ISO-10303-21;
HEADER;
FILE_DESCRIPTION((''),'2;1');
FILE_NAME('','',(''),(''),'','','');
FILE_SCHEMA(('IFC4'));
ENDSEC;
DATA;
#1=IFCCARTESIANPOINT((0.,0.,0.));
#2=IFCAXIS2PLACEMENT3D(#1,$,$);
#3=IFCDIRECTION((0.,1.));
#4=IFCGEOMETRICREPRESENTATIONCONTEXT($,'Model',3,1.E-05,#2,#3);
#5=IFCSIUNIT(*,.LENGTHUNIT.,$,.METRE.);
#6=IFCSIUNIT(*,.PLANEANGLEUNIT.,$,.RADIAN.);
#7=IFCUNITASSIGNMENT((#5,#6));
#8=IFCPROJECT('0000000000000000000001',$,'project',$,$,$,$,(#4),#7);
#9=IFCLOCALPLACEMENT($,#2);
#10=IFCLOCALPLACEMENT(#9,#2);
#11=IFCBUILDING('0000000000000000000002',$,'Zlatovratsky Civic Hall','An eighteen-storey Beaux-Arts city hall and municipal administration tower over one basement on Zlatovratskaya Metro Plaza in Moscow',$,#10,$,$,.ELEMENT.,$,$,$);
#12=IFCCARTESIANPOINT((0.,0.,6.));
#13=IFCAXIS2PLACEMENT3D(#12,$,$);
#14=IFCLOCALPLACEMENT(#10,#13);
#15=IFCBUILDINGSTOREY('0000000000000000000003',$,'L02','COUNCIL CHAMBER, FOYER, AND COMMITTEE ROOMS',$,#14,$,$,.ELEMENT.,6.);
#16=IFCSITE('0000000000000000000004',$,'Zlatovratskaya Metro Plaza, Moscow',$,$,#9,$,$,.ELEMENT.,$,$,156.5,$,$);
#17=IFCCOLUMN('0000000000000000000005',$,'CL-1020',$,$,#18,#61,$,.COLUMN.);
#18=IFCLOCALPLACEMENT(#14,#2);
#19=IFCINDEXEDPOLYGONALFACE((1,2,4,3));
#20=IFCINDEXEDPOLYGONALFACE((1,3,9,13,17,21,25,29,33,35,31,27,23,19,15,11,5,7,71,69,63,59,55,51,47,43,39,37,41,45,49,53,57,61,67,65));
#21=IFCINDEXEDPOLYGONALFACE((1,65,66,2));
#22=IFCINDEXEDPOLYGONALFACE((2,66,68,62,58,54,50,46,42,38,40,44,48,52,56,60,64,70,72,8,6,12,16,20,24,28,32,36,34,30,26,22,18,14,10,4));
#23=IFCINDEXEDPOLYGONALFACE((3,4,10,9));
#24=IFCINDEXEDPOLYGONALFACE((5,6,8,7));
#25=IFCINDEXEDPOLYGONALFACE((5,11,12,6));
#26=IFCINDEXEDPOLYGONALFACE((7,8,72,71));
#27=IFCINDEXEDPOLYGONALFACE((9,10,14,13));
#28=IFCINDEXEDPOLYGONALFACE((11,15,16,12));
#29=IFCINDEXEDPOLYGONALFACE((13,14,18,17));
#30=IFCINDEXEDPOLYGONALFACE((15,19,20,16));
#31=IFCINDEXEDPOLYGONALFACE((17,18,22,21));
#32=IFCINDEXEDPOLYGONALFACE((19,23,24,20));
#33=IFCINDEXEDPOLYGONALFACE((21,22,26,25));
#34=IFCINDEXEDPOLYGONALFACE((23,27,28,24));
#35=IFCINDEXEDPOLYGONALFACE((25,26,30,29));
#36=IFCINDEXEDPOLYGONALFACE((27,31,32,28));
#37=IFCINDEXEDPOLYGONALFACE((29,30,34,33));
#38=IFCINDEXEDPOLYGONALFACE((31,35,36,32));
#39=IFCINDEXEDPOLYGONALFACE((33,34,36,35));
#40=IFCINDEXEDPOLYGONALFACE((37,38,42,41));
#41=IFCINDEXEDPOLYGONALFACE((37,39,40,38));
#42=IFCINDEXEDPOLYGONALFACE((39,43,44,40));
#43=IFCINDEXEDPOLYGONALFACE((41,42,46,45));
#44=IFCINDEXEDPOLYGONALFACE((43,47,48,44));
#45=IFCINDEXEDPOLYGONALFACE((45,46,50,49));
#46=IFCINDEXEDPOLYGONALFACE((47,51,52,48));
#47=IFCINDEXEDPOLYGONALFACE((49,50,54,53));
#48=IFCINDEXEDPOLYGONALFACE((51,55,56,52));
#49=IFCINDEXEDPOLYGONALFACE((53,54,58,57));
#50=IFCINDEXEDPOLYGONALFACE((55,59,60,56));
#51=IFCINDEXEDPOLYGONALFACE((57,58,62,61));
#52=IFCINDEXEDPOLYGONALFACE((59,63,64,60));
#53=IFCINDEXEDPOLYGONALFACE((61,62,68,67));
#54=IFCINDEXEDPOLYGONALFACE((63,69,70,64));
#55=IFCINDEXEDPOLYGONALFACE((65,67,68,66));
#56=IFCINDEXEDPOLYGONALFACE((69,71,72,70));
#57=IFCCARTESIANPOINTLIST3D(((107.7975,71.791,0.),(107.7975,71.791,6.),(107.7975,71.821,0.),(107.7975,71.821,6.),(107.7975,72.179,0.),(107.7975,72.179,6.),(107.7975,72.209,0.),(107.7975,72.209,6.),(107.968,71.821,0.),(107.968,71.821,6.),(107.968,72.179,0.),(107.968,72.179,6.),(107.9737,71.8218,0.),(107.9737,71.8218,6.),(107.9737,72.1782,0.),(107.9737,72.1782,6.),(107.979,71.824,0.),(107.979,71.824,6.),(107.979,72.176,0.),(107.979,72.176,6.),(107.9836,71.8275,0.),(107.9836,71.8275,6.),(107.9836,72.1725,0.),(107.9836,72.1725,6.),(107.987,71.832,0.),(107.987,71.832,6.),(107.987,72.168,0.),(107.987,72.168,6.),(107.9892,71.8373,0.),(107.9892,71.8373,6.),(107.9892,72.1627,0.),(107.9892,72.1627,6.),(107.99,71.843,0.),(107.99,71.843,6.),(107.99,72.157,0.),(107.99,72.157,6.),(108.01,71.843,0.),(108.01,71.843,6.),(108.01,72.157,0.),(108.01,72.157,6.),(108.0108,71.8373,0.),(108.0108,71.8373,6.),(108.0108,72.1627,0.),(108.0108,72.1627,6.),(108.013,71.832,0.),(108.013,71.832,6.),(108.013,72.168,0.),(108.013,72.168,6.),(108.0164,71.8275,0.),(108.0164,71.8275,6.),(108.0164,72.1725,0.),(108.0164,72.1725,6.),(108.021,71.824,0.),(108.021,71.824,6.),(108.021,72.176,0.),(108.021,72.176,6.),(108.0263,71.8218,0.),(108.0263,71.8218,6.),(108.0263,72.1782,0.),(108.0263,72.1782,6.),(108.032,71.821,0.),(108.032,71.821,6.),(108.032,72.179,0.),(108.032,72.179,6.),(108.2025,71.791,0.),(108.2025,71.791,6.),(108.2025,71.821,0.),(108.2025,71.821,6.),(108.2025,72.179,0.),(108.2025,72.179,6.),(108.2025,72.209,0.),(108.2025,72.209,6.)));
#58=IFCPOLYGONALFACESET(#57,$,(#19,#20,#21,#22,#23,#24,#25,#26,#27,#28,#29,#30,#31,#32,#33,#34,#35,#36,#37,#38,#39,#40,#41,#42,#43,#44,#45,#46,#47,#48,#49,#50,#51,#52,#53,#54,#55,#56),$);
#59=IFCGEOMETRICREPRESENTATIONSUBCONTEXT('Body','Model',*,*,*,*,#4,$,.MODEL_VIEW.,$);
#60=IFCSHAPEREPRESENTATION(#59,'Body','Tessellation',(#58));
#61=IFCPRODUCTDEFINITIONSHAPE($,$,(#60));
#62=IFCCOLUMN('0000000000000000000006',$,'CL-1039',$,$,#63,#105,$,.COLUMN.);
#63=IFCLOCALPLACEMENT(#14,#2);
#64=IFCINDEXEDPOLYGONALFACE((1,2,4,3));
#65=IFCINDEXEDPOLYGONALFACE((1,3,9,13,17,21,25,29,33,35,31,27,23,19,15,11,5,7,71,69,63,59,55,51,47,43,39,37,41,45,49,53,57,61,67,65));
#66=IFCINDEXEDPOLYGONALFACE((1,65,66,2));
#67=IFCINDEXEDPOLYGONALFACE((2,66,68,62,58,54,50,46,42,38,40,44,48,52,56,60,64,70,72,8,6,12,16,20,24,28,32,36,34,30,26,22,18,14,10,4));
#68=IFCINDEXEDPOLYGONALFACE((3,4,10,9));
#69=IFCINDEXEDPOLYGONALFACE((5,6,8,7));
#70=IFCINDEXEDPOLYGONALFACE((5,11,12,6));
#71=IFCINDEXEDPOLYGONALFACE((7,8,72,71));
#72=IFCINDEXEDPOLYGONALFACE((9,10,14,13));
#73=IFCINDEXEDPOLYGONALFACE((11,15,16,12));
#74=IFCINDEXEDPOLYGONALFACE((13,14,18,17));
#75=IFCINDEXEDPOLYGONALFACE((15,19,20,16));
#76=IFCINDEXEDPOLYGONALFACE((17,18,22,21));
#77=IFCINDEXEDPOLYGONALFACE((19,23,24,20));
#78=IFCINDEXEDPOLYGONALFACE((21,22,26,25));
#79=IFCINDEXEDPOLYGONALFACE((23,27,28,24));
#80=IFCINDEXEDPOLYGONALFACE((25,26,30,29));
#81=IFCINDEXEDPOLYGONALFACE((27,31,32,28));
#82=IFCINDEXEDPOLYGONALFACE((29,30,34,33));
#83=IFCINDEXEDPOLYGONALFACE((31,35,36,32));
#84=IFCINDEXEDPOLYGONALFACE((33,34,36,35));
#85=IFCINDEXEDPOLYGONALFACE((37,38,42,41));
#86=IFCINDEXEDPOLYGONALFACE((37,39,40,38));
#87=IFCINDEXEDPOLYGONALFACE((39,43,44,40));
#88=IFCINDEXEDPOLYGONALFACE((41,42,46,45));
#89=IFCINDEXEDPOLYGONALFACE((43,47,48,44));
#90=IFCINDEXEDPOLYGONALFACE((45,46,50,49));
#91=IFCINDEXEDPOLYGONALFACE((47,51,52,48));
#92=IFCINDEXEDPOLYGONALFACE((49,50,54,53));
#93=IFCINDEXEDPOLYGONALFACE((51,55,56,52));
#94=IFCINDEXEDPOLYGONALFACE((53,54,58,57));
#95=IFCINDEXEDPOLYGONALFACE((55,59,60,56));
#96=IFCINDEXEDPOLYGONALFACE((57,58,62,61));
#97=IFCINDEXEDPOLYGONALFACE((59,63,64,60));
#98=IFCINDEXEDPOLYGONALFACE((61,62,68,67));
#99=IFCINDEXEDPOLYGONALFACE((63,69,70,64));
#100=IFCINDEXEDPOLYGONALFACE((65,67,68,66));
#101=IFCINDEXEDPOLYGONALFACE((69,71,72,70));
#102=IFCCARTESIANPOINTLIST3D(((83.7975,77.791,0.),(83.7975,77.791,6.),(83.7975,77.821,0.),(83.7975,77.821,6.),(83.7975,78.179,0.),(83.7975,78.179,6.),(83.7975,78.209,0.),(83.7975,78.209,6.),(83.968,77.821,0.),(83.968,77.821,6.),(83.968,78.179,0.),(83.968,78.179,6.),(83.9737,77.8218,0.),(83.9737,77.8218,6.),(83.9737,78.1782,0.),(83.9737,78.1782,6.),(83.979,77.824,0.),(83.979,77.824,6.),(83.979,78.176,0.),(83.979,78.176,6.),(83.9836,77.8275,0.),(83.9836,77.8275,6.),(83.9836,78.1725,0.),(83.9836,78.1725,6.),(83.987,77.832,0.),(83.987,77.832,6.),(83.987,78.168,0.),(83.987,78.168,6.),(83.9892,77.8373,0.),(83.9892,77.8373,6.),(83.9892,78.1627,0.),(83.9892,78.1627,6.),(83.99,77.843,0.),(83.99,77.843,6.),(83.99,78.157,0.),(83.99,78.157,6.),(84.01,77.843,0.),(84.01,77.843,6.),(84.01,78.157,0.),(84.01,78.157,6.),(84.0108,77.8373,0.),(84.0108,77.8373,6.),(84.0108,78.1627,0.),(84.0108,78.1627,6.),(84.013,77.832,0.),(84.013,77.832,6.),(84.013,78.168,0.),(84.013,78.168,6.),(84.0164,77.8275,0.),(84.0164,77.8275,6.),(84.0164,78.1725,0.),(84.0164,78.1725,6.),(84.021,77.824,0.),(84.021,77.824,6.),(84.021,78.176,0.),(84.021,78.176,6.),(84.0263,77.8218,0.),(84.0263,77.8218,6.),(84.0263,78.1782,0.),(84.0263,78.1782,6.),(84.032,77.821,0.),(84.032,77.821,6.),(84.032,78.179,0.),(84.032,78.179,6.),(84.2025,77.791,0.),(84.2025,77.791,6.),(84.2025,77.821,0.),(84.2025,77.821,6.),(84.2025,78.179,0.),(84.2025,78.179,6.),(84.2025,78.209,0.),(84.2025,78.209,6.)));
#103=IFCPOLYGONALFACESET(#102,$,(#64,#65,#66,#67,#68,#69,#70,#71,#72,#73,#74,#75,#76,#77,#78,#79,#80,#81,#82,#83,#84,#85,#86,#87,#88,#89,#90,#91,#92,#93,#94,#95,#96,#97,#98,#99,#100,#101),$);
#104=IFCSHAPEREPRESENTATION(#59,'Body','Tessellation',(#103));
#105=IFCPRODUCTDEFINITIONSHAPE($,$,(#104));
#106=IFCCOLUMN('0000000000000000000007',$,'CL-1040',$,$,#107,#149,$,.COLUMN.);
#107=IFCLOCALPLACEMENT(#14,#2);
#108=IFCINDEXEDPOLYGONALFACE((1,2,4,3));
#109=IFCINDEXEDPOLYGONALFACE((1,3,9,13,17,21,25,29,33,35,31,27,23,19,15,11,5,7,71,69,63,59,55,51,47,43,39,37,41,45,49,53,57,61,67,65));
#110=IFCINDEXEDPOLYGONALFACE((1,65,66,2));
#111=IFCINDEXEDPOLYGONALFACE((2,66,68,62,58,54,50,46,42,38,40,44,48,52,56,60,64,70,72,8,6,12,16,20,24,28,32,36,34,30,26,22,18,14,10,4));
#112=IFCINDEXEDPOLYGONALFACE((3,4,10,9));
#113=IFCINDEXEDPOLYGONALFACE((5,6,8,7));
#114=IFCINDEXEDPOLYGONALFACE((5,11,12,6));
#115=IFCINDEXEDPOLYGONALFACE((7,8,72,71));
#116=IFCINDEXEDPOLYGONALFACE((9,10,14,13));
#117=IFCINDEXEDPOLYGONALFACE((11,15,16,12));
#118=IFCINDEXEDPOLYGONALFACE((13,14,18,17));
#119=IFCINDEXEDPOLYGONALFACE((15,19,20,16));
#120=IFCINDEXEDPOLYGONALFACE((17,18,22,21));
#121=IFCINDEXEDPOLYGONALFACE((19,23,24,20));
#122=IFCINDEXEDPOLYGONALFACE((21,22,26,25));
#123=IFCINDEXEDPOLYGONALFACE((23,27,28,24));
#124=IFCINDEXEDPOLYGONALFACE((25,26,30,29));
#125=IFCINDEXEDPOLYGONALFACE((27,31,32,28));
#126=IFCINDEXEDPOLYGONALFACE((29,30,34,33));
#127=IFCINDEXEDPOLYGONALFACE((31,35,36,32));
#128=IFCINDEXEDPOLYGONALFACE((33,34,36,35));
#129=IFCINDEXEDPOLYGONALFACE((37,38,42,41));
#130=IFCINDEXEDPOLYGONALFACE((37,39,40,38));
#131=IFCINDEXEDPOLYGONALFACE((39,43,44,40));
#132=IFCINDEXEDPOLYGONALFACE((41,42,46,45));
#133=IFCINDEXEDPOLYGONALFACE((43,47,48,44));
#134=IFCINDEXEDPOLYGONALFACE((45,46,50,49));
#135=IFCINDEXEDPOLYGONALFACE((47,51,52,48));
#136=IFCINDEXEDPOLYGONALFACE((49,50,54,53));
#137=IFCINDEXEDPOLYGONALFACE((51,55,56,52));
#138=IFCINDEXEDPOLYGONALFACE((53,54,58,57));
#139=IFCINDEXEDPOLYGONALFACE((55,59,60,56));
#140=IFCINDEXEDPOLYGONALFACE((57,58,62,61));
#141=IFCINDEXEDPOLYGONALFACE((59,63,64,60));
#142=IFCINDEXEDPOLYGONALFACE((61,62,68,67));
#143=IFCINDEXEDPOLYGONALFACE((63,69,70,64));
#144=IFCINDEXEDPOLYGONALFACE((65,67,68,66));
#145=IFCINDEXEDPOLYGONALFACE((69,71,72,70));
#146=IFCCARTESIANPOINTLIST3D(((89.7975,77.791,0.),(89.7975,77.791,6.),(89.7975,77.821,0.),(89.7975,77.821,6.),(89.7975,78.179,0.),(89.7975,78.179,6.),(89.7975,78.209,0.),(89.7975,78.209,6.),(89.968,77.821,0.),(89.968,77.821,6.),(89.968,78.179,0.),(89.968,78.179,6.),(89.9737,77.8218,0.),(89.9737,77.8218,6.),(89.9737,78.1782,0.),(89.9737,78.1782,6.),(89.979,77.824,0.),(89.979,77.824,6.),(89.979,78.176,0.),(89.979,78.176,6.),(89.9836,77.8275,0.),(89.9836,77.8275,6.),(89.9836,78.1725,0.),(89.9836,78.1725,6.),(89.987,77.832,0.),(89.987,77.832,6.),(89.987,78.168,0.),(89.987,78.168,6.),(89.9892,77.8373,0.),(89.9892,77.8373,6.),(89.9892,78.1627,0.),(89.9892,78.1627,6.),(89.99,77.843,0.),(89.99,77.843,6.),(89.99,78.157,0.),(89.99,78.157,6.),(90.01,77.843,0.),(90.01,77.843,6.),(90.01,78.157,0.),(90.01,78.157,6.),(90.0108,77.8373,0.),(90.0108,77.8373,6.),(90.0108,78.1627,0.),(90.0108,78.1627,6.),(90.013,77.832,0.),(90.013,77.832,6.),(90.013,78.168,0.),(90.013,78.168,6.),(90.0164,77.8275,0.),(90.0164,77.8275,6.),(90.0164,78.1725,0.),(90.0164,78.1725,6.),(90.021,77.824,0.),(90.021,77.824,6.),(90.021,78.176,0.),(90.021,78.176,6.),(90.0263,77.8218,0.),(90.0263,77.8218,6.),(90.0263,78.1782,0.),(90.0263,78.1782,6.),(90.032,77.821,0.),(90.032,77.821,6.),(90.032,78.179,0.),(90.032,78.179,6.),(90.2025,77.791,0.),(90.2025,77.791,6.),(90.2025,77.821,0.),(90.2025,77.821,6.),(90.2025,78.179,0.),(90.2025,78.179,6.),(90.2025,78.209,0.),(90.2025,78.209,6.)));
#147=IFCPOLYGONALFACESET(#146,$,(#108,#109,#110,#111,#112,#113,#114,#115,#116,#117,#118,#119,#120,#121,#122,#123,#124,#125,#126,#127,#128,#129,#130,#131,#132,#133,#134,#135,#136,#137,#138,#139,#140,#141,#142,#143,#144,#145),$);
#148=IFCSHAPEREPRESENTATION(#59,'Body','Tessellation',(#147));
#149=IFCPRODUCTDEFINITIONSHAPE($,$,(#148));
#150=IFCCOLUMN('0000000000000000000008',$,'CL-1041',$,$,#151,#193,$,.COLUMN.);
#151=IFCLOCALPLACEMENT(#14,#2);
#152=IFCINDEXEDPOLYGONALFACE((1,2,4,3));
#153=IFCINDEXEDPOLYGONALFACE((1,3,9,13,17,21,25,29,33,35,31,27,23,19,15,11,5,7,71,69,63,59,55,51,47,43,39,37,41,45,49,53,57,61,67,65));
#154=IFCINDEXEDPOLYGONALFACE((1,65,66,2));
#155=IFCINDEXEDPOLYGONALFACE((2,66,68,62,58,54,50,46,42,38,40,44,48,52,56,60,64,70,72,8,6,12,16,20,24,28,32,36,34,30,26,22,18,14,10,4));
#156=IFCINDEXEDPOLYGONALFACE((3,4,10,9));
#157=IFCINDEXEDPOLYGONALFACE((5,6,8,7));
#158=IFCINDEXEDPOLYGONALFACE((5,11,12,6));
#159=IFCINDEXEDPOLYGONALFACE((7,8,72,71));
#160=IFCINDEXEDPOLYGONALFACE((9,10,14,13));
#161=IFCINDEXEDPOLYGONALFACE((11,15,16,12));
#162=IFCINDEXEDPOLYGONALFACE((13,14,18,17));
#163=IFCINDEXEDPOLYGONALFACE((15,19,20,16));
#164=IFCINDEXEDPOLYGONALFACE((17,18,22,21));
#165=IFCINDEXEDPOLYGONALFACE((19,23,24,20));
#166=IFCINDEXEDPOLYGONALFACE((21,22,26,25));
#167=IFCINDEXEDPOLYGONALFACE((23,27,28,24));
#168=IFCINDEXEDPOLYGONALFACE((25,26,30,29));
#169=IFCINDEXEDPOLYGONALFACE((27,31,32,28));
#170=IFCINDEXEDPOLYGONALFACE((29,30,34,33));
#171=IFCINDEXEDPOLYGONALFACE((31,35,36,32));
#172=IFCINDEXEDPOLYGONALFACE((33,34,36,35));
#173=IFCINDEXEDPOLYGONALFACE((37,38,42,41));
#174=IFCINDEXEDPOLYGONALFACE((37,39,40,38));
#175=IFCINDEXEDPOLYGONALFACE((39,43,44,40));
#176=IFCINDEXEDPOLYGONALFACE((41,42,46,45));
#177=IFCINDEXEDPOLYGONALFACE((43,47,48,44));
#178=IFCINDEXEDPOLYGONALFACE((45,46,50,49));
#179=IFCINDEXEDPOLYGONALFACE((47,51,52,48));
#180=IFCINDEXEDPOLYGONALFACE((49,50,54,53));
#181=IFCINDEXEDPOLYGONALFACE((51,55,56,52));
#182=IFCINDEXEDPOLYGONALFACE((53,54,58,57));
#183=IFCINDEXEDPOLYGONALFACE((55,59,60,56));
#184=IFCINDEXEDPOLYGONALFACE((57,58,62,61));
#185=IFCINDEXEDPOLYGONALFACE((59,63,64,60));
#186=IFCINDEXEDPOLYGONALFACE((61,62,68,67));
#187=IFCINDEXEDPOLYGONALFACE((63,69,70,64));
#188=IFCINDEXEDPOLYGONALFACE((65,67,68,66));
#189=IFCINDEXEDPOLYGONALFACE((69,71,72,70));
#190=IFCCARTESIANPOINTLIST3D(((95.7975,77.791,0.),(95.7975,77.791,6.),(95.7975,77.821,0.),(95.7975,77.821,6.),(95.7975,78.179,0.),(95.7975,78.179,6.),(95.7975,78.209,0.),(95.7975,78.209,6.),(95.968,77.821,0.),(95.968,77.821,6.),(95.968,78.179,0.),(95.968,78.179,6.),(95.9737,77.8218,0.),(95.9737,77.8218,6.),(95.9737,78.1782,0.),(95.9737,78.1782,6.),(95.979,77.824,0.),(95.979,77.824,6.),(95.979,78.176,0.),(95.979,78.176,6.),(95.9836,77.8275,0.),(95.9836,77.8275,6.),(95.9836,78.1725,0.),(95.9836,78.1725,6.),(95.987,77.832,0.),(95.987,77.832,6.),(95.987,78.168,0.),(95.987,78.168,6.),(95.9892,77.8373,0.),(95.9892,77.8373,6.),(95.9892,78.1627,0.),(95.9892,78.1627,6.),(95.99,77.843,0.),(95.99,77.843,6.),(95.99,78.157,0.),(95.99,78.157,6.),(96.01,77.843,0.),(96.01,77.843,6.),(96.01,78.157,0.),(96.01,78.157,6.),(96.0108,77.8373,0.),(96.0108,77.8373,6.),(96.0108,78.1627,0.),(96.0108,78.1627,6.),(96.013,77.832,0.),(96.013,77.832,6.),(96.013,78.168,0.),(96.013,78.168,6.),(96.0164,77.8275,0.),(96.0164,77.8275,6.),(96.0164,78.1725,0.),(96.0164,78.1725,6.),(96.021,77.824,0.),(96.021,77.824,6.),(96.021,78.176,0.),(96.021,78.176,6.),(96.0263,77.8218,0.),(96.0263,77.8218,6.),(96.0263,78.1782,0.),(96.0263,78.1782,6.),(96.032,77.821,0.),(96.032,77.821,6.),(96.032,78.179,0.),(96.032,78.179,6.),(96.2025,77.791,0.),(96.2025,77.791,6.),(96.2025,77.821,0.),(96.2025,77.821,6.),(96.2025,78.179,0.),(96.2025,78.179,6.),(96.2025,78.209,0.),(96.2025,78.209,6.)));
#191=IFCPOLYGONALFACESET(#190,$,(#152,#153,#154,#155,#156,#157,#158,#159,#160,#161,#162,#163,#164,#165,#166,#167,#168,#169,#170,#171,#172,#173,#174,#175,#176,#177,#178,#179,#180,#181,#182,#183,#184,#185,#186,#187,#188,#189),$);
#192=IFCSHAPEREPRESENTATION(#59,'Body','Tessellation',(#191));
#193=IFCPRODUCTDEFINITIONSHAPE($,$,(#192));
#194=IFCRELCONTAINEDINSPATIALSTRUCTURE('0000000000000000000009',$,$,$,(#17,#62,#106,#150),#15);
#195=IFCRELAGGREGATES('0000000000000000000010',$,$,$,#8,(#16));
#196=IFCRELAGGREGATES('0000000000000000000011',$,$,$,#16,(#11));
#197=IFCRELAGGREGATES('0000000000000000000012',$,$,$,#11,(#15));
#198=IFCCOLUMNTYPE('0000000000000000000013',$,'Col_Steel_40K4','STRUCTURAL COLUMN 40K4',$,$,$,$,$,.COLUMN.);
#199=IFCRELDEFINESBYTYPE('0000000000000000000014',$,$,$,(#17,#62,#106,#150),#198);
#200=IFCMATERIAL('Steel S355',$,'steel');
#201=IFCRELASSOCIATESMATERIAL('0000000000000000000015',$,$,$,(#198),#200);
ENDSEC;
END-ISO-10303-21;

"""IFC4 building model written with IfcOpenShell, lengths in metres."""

from ifc_helpers import new_model, si_unit, direction, frame, origin, origin_2d, place, context, subcontext, project, spatial, i_section, extrude, material, material_profile, profile_set, type_object, element, save


model = new_model("IFC4")

# Units and contexts
model_context = context("Model", 3, precision=1e-05, world=origin(), true_north=direction((0.0, 1.0)))
body_context = subcontext(model_context, "Body", "Model", "MODEL_VIEW")
ifc_project = project(units=[si_unit("LENGTHUNIT", "METRE"), si_unit("PLANEANGLEUNIT", "RADIAN")], contexts=[model_context])

# Site, building, storey
site_placement = place(None, origin())
site = spatial("IfcSite", under=ifc_project, at=site_placement, Name="Zlatovratskaya Metro Plaza, Moscow", CompositionType="ELEMENT", RefElevation=156.5)
building_placement = place(site_placement, origin())
building = spatial("IfcBuilding", under=site, at=building_placement, Name="Zlatovratsky Civic Hall", Description="An eighteen-storey Beaux-Arts city hall and municipal administration tower over one basement on Zlatovratskaya Metro Plaza in Moscow", CompositionType="ELEMENT")
storey_placement = place(building_placement, frame((0.0, 0.0, 6.0)))
storey = spatial("IfcBuildingStorey", under=building, at=storey_placement, Name="L02", Description="COUNCIL CHAMBER, FOYER, AND COMMITTEE ROOMS", CompositionType="ELEMENT", Elevation=6.0)

# Columns
ifc_material_1 = material(Name="Steel S355", Category="steel")
ifc_material_profile_1 = material_profile(ifc_material_1, i_section(OverallWidth=0.405, OverallDepth=0.418, WebThickness=0.02, FlangeThickness=0.03, FilletRadius=0.022, at=origin_2d()), Name="40K4")
ifc_profile_set_1 = profile_set([ifc_material_profile_1], Name="Steel S355")
column_type_1 = type_object("IfcColumnType", Name="Col_Steel_40K4", Description="STRUCTURAL COLUMN 40K4", PredefinedType="COLUMN", material=ifc_profile_set_1)
for number, where, z_axis, x_axis, name in (
    (1, (108.0, 72.0, 0.0), (0.0, 0.0, 1.0), (1.0, 0.0, 0.0), "CL-1020"),
    (2, (84.0, 78.0, 0.0), (0.0, 0.0, 1.0), (1.0, 0.0, 0.0), "CL-1039"),
    (3, (90.0, 78.0, 0.0), (0.0, 0.0, 1.0), (1.0, 0.0, 0.0), "CL-1040"),
    (4, (96.0, 78.0, 0.0), (0.0, 0.0, 1.0), (1.0, 0.0, 0.0), "CL-1041"),
):
    element("IfcColumn", number, at=place(storey_placement, frame(where, z_axis=z_axis, x_axis=x_axis)), inside=storey, type_object=column_type_1, Name=name, PredefinedType="COLUMN", context=body_context, shape_type="SweptSolid", body=[
        extrude(i_section(OverallWidth=0.405, OverallDepth=0.418, WebThickness=0.02, FlangeThickness=0.03, FilletRadius=0.022, at=origin_2d()), origin(), (0.0, 0.0, 1.0), 6.0),
    ])

save(model, "model.ifc")
